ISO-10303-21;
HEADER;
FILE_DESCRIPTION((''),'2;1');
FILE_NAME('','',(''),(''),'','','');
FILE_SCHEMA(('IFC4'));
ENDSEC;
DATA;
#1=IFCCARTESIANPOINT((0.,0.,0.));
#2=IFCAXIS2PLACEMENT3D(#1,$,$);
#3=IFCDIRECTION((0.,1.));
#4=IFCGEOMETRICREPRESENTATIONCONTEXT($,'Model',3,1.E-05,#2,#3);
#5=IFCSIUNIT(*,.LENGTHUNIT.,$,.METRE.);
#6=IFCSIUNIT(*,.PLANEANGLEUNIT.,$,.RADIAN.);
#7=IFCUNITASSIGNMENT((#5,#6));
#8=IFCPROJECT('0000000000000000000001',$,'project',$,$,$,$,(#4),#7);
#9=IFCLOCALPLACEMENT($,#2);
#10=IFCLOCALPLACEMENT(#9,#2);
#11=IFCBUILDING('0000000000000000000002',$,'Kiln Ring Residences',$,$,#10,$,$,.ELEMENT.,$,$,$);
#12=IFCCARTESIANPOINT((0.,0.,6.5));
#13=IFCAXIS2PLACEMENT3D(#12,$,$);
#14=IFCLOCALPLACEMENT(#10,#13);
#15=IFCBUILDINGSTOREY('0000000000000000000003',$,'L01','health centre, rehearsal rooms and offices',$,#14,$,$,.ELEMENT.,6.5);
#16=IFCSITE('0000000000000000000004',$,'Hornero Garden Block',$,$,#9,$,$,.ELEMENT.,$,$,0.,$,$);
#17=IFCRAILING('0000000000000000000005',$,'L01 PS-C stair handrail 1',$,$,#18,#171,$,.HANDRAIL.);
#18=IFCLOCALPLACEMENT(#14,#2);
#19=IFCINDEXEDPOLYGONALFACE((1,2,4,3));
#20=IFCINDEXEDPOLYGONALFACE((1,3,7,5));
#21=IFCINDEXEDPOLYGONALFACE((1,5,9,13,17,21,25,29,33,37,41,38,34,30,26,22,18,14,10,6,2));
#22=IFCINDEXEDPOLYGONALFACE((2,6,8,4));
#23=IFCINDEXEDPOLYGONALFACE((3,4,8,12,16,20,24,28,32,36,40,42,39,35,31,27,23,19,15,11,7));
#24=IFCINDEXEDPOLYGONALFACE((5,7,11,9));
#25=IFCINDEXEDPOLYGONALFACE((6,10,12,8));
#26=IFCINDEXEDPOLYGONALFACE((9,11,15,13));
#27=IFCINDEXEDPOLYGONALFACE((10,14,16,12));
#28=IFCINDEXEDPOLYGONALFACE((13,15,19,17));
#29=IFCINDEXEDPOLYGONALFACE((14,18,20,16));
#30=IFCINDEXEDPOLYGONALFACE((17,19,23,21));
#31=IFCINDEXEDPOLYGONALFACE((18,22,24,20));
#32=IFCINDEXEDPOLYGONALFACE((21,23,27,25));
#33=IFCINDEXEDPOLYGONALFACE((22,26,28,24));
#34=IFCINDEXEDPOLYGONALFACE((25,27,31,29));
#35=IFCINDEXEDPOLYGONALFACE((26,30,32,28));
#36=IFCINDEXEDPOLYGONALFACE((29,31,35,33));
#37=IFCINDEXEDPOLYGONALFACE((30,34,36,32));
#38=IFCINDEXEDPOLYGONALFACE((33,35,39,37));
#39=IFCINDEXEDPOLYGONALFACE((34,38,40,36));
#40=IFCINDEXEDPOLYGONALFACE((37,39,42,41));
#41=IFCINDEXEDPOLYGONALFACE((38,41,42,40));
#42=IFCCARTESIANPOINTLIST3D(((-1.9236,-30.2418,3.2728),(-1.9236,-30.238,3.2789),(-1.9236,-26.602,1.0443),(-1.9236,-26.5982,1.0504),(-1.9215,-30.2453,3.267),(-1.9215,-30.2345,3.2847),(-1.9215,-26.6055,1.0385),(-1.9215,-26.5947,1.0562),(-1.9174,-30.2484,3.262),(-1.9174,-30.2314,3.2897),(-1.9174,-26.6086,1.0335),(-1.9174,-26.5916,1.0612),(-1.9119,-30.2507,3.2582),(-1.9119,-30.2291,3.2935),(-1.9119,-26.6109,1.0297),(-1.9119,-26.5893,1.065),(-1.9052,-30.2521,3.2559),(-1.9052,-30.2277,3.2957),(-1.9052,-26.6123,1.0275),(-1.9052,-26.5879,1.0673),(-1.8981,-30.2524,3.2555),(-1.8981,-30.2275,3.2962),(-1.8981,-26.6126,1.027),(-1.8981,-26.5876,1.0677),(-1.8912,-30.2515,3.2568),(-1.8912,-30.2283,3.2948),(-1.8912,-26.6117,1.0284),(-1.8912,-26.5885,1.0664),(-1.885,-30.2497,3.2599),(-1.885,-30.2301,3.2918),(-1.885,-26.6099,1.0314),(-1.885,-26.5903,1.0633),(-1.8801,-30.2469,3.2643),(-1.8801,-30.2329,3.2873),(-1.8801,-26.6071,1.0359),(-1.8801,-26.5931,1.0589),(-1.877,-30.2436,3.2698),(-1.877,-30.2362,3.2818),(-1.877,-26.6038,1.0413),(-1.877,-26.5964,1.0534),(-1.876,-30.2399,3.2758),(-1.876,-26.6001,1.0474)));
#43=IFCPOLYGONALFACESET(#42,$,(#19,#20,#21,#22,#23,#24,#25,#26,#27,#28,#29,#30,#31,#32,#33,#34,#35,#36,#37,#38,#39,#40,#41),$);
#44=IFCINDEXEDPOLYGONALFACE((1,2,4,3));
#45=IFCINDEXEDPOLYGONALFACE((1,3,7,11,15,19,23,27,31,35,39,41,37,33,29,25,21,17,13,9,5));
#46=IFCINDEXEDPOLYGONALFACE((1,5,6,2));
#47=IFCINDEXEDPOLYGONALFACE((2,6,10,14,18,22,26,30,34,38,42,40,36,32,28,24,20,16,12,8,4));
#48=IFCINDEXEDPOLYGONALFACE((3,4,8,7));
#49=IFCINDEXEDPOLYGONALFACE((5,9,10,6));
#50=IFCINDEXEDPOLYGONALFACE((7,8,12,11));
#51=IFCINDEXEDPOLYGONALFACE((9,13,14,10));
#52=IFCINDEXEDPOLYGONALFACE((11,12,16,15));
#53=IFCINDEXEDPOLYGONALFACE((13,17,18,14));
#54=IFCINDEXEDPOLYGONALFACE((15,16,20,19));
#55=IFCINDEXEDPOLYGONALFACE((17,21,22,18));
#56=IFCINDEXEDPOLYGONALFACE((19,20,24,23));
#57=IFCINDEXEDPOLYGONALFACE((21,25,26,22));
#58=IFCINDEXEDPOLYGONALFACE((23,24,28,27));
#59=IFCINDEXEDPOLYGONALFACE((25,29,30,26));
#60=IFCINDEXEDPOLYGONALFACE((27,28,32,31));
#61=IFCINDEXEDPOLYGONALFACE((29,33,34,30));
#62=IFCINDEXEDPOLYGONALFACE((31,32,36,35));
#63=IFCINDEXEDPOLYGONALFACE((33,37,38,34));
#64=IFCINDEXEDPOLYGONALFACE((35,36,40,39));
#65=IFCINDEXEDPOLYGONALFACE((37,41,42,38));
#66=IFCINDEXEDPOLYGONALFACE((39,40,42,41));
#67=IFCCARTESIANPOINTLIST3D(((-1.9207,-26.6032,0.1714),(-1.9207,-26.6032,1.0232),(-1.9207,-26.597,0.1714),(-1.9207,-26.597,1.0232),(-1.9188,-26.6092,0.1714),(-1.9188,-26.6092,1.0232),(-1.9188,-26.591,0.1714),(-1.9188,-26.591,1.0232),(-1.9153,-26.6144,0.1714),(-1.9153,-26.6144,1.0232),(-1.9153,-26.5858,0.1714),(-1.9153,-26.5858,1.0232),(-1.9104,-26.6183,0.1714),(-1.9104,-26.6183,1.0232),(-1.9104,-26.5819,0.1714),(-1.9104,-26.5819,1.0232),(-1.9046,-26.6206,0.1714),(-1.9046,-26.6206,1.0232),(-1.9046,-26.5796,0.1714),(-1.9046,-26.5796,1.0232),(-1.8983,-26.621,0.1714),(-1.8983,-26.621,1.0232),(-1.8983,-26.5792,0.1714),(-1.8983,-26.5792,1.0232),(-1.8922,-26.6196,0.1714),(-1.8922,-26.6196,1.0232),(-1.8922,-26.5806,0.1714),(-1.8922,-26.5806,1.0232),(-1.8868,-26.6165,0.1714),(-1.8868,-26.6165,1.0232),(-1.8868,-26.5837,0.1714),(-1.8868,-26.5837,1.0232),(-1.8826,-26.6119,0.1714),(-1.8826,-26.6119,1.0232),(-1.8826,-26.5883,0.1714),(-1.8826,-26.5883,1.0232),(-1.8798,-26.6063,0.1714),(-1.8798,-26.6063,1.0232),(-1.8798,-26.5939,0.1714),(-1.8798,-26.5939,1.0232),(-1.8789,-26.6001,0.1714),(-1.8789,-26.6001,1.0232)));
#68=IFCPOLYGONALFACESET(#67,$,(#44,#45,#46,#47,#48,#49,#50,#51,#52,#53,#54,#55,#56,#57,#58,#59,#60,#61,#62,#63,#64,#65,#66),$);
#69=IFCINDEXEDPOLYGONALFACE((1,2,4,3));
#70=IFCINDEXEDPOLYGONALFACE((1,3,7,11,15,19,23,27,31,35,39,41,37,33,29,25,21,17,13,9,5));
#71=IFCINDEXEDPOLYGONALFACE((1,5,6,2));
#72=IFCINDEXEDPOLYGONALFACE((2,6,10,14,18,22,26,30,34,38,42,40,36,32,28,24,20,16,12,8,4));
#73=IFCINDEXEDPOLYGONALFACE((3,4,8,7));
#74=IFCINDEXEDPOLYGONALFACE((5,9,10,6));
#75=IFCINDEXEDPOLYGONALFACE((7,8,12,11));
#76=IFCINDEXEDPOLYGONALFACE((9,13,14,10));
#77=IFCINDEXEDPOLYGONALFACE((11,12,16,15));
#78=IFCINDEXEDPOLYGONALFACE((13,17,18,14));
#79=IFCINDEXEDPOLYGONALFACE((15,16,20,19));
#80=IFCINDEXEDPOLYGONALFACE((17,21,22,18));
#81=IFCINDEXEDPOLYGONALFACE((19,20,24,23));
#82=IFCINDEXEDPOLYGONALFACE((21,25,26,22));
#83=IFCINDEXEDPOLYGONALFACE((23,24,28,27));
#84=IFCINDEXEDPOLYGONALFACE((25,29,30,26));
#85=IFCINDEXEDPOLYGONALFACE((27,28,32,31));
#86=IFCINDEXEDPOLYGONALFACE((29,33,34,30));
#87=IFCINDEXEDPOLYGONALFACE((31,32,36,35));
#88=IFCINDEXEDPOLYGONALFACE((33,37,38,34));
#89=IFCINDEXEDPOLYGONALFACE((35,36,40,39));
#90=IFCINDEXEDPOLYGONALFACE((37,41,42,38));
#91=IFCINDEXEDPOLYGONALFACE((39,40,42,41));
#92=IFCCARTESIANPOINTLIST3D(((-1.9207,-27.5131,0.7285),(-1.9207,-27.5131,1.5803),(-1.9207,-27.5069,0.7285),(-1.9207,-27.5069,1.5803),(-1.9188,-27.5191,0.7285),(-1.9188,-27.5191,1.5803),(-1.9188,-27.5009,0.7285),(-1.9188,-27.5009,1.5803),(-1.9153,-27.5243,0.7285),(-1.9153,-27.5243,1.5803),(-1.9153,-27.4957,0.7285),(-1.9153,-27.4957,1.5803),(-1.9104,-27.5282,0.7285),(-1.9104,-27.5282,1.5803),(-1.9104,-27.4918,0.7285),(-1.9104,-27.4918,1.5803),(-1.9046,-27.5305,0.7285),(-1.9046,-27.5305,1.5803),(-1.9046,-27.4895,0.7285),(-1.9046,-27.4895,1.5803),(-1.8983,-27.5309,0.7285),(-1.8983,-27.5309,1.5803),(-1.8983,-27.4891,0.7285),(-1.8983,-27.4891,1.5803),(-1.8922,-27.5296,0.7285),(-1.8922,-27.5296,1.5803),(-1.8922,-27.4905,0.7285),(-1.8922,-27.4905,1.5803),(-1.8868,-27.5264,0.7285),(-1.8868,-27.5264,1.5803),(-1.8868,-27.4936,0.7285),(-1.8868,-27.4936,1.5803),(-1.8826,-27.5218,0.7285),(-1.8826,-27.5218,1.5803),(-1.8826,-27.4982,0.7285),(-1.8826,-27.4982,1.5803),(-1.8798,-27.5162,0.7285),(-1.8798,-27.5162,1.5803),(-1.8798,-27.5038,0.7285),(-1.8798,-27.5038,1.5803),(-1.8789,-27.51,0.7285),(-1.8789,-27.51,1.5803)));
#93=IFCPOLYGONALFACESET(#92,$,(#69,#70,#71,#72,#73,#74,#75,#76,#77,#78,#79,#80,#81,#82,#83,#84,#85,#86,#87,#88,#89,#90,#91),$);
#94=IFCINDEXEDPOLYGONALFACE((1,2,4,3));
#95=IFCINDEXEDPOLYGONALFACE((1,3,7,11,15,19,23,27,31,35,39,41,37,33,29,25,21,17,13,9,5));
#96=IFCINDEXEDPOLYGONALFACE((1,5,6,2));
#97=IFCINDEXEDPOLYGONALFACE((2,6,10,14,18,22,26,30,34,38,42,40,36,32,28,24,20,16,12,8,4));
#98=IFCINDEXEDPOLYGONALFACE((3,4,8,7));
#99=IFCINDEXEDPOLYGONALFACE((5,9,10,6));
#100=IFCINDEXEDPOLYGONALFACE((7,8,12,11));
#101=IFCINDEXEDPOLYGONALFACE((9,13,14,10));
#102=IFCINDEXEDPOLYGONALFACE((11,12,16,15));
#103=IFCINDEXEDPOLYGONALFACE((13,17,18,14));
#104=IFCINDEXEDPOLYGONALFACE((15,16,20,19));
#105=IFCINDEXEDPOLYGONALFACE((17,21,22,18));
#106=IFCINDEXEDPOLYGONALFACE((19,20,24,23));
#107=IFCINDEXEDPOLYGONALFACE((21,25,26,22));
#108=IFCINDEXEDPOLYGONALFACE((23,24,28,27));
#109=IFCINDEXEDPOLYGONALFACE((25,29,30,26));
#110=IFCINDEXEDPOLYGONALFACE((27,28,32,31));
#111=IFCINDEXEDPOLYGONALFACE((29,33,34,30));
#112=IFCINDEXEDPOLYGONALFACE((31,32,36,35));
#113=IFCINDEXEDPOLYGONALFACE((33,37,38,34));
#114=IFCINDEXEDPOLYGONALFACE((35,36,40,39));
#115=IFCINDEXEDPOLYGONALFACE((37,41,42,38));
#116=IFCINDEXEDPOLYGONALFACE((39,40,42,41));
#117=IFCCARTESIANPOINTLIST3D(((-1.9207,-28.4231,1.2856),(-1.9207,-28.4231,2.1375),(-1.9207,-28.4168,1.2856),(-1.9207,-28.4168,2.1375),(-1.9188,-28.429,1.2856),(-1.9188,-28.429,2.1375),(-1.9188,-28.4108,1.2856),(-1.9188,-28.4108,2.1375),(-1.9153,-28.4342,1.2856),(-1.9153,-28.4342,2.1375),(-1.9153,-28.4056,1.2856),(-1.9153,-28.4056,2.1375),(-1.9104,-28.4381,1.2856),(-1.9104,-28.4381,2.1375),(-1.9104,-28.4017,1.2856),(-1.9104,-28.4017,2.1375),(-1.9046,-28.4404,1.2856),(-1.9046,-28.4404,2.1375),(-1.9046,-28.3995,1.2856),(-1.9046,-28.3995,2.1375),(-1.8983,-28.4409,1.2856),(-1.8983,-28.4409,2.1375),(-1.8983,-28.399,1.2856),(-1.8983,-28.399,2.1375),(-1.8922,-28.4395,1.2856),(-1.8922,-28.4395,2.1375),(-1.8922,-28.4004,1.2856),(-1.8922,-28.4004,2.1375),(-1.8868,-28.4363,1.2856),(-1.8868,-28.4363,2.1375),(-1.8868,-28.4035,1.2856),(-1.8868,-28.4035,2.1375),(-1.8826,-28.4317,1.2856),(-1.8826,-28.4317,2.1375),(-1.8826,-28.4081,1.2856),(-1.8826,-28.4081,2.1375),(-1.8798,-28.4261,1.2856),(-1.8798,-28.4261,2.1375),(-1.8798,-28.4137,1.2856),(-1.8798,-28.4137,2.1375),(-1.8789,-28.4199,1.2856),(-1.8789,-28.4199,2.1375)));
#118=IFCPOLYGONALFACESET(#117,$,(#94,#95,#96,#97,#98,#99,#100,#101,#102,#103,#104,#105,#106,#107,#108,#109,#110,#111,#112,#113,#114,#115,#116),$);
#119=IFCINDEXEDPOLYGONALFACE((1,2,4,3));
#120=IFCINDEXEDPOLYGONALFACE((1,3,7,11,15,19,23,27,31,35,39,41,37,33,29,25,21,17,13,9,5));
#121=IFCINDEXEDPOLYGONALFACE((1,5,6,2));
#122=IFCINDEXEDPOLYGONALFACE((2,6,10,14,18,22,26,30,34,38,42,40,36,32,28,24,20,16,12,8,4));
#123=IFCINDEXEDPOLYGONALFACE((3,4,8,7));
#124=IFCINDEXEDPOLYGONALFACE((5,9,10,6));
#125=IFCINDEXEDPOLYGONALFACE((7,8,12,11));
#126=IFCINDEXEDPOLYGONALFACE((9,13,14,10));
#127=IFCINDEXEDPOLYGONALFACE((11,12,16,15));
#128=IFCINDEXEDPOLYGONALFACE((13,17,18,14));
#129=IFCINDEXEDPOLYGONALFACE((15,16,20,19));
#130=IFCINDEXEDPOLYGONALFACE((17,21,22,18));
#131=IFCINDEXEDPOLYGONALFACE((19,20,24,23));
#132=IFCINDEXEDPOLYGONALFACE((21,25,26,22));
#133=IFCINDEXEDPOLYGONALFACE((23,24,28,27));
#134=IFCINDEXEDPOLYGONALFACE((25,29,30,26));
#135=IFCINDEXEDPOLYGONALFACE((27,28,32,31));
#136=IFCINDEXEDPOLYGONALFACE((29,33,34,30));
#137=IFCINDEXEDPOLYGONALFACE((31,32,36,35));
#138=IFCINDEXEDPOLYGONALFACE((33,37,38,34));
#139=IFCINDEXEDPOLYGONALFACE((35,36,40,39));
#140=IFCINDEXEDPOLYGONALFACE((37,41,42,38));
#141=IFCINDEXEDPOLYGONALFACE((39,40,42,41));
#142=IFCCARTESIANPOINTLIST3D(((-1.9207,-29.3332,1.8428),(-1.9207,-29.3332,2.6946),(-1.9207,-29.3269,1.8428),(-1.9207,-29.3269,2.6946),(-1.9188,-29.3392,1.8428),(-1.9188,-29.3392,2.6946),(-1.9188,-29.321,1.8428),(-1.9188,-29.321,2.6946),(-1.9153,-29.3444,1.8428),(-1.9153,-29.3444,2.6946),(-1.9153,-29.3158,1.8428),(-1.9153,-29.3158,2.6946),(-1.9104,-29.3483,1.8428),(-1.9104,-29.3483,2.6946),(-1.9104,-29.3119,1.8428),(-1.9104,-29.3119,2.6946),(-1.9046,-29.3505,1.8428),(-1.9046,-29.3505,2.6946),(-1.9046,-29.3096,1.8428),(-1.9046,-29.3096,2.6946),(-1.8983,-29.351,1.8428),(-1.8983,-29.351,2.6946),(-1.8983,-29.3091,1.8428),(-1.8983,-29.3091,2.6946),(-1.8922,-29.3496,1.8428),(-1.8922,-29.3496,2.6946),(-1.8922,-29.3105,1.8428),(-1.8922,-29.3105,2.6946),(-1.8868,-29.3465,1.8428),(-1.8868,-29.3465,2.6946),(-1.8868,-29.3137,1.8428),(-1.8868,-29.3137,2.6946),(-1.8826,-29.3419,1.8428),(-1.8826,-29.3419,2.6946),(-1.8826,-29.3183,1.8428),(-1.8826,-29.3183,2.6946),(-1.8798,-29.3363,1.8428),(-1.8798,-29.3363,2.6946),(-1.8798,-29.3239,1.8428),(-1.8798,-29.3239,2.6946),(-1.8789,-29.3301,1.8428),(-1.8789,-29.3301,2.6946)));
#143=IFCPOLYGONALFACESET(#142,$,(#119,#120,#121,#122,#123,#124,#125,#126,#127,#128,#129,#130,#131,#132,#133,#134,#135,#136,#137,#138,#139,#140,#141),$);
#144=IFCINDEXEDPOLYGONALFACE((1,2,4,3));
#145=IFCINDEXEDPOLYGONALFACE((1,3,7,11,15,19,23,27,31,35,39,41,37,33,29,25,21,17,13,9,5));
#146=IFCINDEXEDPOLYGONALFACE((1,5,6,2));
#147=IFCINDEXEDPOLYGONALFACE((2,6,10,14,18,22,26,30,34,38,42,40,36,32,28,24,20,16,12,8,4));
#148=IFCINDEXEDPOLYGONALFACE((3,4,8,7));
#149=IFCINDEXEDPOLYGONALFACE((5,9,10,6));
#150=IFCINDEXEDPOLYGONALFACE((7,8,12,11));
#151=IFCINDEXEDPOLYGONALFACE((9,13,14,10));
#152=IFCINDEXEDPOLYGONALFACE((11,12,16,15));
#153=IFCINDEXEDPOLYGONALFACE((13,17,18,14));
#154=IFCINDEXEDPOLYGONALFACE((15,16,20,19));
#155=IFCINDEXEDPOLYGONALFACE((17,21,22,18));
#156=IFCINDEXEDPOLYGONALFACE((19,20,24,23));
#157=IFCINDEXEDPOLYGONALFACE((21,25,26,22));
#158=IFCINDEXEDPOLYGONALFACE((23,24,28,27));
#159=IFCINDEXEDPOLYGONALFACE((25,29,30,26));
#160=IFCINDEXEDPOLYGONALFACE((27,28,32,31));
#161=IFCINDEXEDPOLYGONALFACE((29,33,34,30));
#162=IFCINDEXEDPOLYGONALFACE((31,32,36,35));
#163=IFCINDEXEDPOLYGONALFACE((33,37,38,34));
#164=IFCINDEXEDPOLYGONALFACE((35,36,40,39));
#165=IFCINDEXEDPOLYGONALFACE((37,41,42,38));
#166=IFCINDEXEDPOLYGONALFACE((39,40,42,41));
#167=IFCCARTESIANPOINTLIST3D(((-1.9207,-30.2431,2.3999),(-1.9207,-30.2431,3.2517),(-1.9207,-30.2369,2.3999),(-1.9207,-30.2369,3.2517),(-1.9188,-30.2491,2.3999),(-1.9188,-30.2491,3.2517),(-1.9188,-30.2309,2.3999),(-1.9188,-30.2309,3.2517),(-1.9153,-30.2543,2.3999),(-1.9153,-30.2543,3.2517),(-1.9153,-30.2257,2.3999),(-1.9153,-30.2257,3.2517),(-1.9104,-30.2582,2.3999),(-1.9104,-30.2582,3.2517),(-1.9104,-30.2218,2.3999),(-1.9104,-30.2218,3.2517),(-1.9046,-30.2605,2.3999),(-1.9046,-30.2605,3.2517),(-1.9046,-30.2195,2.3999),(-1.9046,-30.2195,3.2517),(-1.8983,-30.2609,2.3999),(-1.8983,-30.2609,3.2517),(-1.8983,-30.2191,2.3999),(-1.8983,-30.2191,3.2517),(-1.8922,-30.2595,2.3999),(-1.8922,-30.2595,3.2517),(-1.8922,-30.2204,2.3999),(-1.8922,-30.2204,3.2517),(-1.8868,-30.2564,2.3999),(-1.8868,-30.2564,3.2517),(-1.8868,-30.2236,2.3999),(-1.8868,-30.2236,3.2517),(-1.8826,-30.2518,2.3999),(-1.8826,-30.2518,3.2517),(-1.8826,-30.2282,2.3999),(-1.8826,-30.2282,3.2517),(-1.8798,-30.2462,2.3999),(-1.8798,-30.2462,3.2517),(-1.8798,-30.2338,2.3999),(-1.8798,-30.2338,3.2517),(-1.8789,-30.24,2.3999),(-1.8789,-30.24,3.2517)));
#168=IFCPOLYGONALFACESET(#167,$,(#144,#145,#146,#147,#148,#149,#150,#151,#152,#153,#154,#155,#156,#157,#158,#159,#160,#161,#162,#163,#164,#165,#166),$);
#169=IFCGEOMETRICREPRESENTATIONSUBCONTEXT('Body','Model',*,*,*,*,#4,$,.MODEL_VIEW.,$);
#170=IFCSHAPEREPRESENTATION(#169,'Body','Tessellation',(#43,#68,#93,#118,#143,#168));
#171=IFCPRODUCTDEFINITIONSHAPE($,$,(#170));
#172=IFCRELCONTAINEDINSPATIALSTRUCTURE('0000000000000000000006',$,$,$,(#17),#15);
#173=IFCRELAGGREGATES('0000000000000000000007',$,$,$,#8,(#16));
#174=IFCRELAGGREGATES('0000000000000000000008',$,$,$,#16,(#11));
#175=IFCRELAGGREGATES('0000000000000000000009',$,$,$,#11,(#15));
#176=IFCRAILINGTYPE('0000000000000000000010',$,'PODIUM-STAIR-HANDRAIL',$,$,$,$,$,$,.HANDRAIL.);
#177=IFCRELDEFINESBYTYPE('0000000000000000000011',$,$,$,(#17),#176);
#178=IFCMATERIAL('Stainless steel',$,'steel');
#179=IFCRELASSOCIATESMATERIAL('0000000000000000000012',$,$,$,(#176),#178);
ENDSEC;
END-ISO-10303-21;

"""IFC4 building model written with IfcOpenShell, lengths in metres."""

from ifc_helpers import new_model, si_unit, direction, frame, origin, origin_2d, place, context, subcontext, project, spatial, circle, extrude, material, type_object, element, save


model = new_model("IFC4")

# Units and contexts
model_context = context("Model", 3, precision=1e-05, world=origin(), true_north=direction((0.0, 1.0)))
body_context = subcontext(model_context, "Body", "Model", "MODEL_VIEW")
ifc_project = project(units=[si_unit("LENGTHUNIT", "METRE"), si_unit("PLANEANGLEUNIT", "RADIAN")], contexts=[model_context])

# Site, building, storey
site_placement = place(None, origin())
site = spatial("IfcSite", under=ifc_project, at=site_placement, Name="Hornero Garden Block", CompositionType="ELEMENT", RefElevation=0.0)
building_placement = place(site_placement, origin())
building = spatial("IfcBuilding", under=site, at=building_placement, Name="Kiln Ring Residences", CompositionType="ELEMENT")
storey_placement = place(building_placement, frame((0.0, 0.0, 6.5)))
storey = spatial("IfcBuildingStorey", under=building, at=storey_placement, Name="L01", Description="health centre, rehearsal rooms and offices", CompositionType="ELEMENT", Elevation=6.5)

# Railing
ifc_material_1 = material(Name="Stainless steel", Category="steel")
railing_type_1 = type_object("IfcRailingType", Name="PODIUM-STAIR-HANDRAIL", PredefinedType="HANDRAIL", material=ifc_material_1)
railing_1_placement = place(storey_placement, frame((-1.8999, -26.6001, 0.1714)))
element("IfcRailing", 1, at=railing_1_placement, inside=storey, type_object=railing_type_1, Name="L01 PS-C stair handrail 1", PredefinedType="HANDRAIL", context=body_context, shape_type="SweptSolid", body=[
    extrude(circle(Radius=0.0239, at=origin_2d()), frame((0.0, 0.0, 0.876), z_axis=(0.0, -0.85285, 0.522156), x_axis=(1.0, 0.0, 0.0)), (0.0, 0.0, 1.0), 4.2678),
    extrude(circle(Radius=0.021, at=origin_2d()), origin(), (0.0, 0.0, 1.0), 0.8518),
    extrude(circle(Radius=0.021, at=origin_2d()), frame((0.0, -0.9099, 0.5571)), (0.0, 0.0, 1.0), 0.8518),
    extrude(circle(Radius=0.021, at=origin_2d()), frame((0.0, -1.8198, 1.1143)), (0.0, 0.0, 1.0), 0.8518),
    extrude(circle(Radius=0.021, at=origin_2d()), frame((0.0, -2.73, 1.6714)), (0.0, 0.0, 1.0), 0.8518),
    extrude(circle(Radius=0.021, at=origin_2d()), frame((0.0, -3.6399, 2.2285)), (0.0, 0.0, 1.0), 0.8518),
])

save(model, "model.ifc")
